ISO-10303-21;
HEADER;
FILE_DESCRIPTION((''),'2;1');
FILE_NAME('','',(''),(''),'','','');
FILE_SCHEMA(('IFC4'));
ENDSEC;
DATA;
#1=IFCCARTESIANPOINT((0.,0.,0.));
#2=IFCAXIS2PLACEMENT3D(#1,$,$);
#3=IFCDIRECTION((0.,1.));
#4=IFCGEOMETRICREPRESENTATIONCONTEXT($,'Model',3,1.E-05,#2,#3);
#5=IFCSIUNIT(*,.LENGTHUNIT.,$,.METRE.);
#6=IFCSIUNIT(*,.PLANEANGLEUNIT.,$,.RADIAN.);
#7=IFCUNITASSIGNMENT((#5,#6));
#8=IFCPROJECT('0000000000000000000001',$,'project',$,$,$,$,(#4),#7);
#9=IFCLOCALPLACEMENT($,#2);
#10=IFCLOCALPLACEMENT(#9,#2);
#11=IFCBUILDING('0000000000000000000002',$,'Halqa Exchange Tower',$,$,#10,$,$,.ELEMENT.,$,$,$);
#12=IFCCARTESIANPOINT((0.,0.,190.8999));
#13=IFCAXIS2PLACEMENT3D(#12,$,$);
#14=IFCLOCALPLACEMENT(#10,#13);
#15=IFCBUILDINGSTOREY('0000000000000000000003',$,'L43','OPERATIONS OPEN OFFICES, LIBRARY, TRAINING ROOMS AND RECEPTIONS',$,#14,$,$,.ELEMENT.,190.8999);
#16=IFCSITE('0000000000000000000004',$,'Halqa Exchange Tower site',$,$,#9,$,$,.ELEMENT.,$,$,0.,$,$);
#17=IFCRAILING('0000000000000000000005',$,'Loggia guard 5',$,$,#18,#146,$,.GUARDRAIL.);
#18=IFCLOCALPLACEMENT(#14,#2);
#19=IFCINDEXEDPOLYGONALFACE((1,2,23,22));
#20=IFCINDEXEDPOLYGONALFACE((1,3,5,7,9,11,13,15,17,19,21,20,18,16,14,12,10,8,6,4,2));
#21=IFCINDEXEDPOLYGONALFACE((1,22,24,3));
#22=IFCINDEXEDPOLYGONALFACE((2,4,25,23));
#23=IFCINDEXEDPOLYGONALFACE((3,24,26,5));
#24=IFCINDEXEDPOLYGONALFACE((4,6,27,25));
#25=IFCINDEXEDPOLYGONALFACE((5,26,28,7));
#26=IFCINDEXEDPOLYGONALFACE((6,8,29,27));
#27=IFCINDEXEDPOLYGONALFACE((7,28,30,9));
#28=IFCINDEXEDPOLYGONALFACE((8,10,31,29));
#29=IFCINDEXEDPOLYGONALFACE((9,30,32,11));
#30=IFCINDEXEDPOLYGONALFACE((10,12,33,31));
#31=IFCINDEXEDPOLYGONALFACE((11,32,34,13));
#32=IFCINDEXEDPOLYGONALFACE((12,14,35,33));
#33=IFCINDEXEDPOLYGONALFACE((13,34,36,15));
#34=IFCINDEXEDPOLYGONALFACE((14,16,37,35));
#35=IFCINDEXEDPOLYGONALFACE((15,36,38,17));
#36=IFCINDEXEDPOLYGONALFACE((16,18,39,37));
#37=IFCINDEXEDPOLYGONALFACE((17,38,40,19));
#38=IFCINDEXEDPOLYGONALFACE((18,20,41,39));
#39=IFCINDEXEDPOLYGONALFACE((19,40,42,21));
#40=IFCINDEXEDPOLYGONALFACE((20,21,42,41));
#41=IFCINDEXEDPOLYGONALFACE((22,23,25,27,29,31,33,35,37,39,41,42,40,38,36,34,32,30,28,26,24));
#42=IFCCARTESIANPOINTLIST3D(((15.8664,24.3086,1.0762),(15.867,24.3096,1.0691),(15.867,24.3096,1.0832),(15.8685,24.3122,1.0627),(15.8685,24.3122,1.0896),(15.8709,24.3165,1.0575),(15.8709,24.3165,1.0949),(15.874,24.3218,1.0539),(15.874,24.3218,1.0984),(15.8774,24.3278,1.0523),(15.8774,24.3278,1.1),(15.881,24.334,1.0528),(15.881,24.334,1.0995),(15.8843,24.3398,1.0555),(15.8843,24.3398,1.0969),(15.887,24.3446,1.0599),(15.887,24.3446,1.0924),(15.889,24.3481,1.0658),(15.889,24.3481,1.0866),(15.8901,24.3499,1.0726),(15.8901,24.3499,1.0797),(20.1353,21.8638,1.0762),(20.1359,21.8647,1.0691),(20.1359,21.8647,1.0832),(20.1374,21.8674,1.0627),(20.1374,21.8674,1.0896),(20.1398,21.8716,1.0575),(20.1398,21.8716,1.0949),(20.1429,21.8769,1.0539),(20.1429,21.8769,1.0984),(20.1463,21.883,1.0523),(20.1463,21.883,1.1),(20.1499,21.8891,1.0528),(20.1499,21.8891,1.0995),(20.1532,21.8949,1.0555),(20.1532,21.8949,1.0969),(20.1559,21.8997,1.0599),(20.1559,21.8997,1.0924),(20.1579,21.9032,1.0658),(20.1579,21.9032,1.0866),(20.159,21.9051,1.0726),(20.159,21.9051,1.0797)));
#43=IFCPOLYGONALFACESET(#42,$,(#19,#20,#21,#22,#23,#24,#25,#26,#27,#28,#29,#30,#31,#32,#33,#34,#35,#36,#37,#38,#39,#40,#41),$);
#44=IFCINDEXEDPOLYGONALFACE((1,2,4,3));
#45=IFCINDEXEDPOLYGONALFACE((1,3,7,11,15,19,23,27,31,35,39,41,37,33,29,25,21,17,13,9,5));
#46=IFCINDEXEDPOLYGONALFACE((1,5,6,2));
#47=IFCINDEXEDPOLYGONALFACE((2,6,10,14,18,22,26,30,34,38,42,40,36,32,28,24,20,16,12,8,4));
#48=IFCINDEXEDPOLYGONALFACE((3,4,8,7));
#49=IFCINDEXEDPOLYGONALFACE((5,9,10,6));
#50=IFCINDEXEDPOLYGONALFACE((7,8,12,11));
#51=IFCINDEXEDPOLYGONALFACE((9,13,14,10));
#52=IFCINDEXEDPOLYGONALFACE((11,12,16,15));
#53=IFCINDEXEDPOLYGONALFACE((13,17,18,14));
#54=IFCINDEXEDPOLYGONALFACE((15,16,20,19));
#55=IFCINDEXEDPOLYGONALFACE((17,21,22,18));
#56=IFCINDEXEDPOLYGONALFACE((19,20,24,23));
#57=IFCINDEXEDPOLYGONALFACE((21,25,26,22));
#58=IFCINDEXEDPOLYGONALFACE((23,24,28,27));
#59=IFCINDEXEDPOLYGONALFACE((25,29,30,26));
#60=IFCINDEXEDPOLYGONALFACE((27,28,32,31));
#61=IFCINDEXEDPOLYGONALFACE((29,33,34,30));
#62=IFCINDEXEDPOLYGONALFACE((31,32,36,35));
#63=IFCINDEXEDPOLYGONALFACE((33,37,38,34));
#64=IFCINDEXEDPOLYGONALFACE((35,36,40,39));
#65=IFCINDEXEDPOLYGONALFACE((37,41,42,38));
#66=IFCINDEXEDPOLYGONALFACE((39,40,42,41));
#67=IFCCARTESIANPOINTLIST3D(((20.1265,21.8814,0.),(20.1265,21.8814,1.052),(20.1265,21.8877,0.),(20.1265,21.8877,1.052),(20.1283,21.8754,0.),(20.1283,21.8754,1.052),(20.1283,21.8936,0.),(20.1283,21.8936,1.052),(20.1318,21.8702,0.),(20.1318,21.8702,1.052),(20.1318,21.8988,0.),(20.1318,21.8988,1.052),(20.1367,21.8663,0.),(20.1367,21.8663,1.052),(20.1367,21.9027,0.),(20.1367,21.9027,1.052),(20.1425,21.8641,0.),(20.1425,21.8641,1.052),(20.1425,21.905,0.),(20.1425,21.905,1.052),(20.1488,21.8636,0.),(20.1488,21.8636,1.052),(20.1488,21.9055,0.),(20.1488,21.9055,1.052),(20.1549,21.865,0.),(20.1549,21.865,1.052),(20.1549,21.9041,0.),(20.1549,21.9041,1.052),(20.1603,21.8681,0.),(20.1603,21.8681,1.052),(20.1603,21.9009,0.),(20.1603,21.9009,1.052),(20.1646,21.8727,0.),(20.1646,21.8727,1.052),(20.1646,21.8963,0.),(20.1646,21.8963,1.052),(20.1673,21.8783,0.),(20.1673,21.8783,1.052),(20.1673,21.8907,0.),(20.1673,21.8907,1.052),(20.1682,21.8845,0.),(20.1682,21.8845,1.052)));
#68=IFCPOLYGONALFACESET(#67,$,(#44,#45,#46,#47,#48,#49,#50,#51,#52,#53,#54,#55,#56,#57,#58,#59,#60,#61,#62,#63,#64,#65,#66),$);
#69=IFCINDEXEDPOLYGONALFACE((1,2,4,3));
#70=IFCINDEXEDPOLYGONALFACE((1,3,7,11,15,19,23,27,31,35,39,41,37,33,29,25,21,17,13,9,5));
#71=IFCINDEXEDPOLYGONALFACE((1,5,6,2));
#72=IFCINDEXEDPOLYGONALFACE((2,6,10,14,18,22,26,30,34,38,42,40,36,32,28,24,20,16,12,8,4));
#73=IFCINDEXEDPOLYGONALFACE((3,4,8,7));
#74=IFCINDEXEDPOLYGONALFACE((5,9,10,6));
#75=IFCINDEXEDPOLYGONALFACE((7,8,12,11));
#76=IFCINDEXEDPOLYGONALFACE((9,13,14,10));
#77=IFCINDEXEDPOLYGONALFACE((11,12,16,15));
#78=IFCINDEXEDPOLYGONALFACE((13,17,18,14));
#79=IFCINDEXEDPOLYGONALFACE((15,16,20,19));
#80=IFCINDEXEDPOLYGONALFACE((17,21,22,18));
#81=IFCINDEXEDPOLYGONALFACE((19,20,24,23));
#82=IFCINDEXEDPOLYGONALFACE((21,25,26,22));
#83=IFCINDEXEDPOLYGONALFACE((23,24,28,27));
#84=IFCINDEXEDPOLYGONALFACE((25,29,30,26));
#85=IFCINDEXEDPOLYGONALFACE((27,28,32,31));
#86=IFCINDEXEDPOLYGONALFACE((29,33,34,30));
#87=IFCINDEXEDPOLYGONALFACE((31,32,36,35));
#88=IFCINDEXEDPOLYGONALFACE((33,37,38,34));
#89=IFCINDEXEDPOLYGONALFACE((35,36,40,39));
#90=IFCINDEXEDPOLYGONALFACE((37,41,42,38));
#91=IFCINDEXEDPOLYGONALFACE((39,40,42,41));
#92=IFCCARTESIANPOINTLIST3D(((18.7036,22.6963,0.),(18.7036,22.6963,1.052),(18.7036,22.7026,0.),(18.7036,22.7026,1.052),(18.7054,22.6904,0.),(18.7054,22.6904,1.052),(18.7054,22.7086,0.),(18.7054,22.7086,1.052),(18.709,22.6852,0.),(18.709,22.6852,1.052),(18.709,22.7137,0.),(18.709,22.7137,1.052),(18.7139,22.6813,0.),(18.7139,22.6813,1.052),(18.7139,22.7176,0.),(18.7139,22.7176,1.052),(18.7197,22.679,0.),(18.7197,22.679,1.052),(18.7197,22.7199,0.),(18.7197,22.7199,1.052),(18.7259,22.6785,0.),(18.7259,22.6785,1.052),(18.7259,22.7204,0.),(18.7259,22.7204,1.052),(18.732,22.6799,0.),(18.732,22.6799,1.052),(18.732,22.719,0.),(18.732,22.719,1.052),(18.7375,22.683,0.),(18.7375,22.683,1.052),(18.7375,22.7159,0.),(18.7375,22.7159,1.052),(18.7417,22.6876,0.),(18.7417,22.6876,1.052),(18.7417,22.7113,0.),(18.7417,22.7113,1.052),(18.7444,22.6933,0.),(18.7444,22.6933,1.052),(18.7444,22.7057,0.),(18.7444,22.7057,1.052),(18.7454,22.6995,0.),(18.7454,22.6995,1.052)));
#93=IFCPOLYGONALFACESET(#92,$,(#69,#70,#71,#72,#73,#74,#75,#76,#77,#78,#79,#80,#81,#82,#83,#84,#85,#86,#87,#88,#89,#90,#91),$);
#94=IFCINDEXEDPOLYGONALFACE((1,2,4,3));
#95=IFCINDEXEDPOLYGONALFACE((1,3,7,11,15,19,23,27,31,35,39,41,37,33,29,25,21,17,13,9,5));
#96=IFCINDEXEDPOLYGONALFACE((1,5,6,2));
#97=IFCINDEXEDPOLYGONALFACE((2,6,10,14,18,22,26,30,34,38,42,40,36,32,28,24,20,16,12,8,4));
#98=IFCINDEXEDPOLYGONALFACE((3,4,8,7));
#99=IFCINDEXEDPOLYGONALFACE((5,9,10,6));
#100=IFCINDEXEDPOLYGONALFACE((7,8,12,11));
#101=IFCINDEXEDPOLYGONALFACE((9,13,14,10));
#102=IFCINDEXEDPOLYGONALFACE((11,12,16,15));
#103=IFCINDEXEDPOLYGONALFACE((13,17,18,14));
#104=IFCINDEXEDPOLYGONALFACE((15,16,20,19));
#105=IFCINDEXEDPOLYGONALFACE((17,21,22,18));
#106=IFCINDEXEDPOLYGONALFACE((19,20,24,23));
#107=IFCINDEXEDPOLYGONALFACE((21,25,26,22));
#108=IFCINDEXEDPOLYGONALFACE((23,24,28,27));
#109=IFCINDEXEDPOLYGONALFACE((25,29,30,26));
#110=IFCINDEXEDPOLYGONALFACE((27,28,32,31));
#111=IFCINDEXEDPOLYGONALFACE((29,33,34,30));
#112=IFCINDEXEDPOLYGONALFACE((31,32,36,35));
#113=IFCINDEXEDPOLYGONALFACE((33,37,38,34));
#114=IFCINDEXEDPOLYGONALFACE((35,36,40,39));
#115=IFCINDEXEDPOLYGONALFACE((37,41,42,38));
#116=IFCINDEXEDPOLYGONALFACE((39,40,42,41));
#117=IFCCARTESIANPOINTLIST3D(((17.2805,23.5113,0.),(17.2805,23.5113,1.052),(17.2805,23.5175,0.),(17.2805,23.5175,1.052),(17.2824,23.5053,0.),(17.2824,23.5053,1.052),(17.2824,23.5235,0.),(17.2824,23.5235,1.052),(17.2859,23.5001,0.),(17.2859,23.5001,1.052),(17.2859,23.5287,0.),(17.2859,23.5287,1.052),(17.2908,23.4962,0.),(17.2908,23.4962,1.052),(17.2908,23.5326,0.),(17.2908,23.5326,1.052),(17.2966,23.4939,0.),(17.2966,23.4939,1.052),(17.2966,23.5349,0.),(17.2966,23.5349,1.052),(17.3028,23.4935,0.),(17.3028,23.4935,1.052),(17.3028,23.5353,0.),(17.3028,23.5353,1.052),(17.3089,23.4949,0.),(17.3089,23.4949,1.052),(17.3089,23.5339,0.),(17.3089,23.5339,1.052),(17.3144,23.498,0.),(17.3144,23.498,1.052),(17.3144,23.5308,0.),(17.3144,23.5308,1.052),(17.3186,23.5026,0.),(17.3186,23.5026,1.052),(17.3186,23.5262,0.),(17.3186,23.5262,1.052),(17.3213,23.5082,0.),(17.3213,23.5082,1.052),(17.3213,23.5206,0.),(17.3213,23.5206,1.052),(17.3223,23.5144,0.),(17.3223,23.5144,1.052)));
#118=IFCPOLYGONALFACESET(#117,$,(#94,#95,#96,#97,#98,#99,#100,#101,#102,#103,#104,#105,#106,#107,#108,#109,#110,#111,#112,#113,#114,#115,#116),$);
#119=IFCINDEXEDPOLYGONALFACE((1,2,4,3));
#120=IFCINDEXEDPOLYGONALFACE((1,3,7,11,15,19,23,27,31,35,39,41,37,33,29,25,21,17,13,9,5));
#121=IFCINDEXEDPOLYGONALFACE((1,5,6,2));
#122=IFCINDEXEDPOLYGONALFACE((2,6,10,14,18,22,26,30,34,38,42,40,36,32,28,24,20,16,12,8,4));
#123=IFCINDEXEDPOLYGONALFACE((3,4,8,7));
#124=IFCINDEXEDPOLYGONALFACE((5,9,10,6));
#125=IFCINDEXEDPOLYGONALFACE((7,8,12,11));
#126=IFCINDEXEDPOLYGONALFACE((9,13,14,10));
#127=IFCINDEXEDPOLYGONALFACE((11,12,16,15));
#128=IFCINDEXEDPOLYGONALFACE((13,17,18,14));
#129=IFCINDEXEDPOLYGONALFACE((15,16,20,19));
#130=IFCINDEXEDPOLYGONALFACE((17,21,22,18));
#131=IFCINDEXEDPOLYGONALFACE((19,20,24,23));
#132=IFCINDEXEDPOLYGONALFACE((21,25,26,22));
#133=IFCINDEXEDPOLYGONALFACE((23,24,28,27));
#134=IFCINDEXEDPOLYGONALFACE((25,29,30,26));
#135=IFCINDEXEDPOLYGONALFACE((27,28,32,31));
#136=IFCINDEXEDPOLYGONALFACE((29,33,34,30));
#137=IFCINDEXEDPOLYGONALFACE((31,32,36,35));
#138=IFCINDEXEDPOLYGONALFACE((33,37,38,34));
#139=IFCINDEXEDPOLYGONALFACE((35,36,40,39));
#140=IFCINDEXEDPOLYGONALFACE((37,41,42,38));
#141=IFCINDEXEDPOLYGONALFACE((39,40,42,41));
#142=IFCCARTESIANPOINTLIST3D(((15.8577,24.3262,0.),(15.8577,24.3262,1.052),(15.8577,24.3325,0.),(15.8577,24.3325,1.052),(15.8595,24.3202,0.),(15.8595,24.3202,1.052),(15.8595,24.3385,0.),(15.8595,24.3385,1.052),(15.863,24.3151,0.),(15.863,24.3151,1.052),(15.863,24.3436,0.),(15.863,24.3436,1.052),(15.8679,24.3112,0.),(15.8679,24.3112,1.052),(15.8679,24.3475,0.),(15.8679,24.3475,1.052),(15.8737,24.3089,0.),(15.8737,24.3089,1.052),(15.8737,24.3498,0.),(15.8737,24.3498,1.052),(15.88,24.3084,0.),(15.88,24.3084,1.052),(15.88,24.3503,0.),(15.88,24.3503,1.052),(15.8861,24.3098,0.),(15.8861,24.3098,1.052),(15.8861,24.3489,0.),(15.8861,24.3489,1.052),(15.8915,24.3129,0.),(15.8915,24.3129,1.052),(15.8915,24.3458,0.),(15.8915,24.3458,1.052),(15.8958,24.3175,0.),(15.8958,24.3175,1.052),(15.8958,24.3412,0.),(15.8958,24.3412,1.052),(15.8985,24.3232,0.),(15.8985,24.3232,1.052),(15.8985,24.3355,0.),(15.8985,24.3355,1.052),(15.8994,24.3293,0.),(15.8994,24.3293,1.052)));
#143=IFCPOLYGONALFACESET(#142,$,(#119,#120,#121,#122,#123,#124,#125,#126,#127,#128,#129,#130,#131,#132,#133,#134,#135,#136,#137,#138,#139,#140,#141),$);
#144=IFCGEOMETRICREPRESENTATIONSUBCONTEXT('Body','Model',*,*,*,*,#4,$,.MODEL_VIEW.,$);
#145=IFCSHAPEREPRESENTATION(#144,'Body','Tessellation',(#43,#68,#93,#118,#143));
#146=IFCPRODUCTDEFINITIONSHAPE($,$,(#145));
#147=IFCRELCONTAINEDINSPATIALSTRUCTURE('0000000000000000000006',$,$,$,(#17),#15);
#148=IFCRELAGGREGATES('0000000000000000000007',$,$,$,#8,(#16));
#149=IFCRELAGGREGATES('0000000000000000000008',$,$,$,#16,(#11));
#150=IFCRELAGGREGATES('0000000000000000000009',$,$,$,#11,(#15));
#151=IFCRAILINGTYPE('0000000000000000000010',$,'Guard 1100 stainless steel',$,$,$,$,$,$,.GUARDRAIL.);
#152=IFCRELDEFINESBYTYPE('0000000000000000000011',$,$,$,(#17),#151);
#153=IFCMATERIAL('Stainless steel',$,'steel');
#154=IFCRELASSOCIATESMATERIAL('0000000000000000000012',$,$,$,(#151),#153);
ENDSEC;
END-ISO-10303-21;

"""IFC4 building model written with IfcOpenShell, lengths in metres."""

from ifc_helpers import new_model, si_unit, direction, frame, origin, origin_2d, place, context, subcontext, project, spatial, circle, extrude, material, type_object, element, save


model = new_model("IFC4")

# Units and contexts
model_context = context("Model", 3, precision=1e-05, world=origin(), true_north=direction((0.0, 1.0)))
body_context = subcontext(model_context, "Body", "Model", "MODEL_VIEW")
ifc_project = project(units=[si_unit("LENGTHUNIT", "METRE"), si_unit("PLANEANGLEUNIT", "RADIAN")], contexts=[model_context])

# Site, building, storey
site_placement = place(None, origin())
site = spatial("IfcSite", under=ifc_project, at=site_placement, Name="Halqa Exchange Tower site", CompositionType="ELEMENT", RefElevation=0.0)
building_placement = place(site_placement, origin())
building = spatial("IfcBuilding", under=site, at=building_placement, Name="Halqa Exchange Tower", CompositionType="ELEMENT")
storey_placement = place(building_placement, frame((0.0, 0.0, 190.8999)))
storey = spatial("IfcBuildingStorey", under=building, at=storey_placement, Name="L43", Description="OPERATIONS OPEN OFFICES, LIBRARY, TRAINING ROOMS AND RECEPTIONS", CompositionType="ELEMENT", Elevation=190.8999)

# Railing
ifc_material_1 = material(Name="Stainless steel", Category="steel")
railing_type = type_object("IfcRailingType", Name="Guard 1100 stainless steel", PredefinedType="GUARDRAIL", material=ifc_material_1)
railing_1_placement = place(storey_placement, frame((20.1472, 21.8845, 0.0)))
element("IfcRailing", 1, at=railing_1_placement, inside=storey, type_object=railing_type, Name="Loggia guard 5", PredefinedType="GUARDRAIL", context=body_context, shape_type="SweptSolid", body=[
    extrude(circle(Radius=0.0239, at=origin_2d()), frame((0.0, 0.0, 1.0762), z_axis=(-0.86776, 0.496983, 0.0), x_axis=(-0.496983, -0.86776, 0.0)), (0.0, 0.0, 1.0), 4.9194),
    extrude(circle(Radius=0.021, at=origin_2d()), origin(), (0.0, 0.0, 1.0), 1.052),
    extrude(circle(Radius=0.021, at=origin_2d()), frame((-1.4229, 0.8149, 0.0)), (0.0, 0.0, 1.0), 1.052),
    extrude(circle(Radius=0.021, at=origin_2d()), frame((-2.8459, 1.6299, 0.0)), (0.0, 0.0, 1.0), 1.052),
    extrude(circle(Radius=0.021, at=origin_2d()), frame((-4.2688, 2.4448, 0.0)), (0.0, 0.0, 1.0), 1.052),
])

save(model, "model.ifc")
